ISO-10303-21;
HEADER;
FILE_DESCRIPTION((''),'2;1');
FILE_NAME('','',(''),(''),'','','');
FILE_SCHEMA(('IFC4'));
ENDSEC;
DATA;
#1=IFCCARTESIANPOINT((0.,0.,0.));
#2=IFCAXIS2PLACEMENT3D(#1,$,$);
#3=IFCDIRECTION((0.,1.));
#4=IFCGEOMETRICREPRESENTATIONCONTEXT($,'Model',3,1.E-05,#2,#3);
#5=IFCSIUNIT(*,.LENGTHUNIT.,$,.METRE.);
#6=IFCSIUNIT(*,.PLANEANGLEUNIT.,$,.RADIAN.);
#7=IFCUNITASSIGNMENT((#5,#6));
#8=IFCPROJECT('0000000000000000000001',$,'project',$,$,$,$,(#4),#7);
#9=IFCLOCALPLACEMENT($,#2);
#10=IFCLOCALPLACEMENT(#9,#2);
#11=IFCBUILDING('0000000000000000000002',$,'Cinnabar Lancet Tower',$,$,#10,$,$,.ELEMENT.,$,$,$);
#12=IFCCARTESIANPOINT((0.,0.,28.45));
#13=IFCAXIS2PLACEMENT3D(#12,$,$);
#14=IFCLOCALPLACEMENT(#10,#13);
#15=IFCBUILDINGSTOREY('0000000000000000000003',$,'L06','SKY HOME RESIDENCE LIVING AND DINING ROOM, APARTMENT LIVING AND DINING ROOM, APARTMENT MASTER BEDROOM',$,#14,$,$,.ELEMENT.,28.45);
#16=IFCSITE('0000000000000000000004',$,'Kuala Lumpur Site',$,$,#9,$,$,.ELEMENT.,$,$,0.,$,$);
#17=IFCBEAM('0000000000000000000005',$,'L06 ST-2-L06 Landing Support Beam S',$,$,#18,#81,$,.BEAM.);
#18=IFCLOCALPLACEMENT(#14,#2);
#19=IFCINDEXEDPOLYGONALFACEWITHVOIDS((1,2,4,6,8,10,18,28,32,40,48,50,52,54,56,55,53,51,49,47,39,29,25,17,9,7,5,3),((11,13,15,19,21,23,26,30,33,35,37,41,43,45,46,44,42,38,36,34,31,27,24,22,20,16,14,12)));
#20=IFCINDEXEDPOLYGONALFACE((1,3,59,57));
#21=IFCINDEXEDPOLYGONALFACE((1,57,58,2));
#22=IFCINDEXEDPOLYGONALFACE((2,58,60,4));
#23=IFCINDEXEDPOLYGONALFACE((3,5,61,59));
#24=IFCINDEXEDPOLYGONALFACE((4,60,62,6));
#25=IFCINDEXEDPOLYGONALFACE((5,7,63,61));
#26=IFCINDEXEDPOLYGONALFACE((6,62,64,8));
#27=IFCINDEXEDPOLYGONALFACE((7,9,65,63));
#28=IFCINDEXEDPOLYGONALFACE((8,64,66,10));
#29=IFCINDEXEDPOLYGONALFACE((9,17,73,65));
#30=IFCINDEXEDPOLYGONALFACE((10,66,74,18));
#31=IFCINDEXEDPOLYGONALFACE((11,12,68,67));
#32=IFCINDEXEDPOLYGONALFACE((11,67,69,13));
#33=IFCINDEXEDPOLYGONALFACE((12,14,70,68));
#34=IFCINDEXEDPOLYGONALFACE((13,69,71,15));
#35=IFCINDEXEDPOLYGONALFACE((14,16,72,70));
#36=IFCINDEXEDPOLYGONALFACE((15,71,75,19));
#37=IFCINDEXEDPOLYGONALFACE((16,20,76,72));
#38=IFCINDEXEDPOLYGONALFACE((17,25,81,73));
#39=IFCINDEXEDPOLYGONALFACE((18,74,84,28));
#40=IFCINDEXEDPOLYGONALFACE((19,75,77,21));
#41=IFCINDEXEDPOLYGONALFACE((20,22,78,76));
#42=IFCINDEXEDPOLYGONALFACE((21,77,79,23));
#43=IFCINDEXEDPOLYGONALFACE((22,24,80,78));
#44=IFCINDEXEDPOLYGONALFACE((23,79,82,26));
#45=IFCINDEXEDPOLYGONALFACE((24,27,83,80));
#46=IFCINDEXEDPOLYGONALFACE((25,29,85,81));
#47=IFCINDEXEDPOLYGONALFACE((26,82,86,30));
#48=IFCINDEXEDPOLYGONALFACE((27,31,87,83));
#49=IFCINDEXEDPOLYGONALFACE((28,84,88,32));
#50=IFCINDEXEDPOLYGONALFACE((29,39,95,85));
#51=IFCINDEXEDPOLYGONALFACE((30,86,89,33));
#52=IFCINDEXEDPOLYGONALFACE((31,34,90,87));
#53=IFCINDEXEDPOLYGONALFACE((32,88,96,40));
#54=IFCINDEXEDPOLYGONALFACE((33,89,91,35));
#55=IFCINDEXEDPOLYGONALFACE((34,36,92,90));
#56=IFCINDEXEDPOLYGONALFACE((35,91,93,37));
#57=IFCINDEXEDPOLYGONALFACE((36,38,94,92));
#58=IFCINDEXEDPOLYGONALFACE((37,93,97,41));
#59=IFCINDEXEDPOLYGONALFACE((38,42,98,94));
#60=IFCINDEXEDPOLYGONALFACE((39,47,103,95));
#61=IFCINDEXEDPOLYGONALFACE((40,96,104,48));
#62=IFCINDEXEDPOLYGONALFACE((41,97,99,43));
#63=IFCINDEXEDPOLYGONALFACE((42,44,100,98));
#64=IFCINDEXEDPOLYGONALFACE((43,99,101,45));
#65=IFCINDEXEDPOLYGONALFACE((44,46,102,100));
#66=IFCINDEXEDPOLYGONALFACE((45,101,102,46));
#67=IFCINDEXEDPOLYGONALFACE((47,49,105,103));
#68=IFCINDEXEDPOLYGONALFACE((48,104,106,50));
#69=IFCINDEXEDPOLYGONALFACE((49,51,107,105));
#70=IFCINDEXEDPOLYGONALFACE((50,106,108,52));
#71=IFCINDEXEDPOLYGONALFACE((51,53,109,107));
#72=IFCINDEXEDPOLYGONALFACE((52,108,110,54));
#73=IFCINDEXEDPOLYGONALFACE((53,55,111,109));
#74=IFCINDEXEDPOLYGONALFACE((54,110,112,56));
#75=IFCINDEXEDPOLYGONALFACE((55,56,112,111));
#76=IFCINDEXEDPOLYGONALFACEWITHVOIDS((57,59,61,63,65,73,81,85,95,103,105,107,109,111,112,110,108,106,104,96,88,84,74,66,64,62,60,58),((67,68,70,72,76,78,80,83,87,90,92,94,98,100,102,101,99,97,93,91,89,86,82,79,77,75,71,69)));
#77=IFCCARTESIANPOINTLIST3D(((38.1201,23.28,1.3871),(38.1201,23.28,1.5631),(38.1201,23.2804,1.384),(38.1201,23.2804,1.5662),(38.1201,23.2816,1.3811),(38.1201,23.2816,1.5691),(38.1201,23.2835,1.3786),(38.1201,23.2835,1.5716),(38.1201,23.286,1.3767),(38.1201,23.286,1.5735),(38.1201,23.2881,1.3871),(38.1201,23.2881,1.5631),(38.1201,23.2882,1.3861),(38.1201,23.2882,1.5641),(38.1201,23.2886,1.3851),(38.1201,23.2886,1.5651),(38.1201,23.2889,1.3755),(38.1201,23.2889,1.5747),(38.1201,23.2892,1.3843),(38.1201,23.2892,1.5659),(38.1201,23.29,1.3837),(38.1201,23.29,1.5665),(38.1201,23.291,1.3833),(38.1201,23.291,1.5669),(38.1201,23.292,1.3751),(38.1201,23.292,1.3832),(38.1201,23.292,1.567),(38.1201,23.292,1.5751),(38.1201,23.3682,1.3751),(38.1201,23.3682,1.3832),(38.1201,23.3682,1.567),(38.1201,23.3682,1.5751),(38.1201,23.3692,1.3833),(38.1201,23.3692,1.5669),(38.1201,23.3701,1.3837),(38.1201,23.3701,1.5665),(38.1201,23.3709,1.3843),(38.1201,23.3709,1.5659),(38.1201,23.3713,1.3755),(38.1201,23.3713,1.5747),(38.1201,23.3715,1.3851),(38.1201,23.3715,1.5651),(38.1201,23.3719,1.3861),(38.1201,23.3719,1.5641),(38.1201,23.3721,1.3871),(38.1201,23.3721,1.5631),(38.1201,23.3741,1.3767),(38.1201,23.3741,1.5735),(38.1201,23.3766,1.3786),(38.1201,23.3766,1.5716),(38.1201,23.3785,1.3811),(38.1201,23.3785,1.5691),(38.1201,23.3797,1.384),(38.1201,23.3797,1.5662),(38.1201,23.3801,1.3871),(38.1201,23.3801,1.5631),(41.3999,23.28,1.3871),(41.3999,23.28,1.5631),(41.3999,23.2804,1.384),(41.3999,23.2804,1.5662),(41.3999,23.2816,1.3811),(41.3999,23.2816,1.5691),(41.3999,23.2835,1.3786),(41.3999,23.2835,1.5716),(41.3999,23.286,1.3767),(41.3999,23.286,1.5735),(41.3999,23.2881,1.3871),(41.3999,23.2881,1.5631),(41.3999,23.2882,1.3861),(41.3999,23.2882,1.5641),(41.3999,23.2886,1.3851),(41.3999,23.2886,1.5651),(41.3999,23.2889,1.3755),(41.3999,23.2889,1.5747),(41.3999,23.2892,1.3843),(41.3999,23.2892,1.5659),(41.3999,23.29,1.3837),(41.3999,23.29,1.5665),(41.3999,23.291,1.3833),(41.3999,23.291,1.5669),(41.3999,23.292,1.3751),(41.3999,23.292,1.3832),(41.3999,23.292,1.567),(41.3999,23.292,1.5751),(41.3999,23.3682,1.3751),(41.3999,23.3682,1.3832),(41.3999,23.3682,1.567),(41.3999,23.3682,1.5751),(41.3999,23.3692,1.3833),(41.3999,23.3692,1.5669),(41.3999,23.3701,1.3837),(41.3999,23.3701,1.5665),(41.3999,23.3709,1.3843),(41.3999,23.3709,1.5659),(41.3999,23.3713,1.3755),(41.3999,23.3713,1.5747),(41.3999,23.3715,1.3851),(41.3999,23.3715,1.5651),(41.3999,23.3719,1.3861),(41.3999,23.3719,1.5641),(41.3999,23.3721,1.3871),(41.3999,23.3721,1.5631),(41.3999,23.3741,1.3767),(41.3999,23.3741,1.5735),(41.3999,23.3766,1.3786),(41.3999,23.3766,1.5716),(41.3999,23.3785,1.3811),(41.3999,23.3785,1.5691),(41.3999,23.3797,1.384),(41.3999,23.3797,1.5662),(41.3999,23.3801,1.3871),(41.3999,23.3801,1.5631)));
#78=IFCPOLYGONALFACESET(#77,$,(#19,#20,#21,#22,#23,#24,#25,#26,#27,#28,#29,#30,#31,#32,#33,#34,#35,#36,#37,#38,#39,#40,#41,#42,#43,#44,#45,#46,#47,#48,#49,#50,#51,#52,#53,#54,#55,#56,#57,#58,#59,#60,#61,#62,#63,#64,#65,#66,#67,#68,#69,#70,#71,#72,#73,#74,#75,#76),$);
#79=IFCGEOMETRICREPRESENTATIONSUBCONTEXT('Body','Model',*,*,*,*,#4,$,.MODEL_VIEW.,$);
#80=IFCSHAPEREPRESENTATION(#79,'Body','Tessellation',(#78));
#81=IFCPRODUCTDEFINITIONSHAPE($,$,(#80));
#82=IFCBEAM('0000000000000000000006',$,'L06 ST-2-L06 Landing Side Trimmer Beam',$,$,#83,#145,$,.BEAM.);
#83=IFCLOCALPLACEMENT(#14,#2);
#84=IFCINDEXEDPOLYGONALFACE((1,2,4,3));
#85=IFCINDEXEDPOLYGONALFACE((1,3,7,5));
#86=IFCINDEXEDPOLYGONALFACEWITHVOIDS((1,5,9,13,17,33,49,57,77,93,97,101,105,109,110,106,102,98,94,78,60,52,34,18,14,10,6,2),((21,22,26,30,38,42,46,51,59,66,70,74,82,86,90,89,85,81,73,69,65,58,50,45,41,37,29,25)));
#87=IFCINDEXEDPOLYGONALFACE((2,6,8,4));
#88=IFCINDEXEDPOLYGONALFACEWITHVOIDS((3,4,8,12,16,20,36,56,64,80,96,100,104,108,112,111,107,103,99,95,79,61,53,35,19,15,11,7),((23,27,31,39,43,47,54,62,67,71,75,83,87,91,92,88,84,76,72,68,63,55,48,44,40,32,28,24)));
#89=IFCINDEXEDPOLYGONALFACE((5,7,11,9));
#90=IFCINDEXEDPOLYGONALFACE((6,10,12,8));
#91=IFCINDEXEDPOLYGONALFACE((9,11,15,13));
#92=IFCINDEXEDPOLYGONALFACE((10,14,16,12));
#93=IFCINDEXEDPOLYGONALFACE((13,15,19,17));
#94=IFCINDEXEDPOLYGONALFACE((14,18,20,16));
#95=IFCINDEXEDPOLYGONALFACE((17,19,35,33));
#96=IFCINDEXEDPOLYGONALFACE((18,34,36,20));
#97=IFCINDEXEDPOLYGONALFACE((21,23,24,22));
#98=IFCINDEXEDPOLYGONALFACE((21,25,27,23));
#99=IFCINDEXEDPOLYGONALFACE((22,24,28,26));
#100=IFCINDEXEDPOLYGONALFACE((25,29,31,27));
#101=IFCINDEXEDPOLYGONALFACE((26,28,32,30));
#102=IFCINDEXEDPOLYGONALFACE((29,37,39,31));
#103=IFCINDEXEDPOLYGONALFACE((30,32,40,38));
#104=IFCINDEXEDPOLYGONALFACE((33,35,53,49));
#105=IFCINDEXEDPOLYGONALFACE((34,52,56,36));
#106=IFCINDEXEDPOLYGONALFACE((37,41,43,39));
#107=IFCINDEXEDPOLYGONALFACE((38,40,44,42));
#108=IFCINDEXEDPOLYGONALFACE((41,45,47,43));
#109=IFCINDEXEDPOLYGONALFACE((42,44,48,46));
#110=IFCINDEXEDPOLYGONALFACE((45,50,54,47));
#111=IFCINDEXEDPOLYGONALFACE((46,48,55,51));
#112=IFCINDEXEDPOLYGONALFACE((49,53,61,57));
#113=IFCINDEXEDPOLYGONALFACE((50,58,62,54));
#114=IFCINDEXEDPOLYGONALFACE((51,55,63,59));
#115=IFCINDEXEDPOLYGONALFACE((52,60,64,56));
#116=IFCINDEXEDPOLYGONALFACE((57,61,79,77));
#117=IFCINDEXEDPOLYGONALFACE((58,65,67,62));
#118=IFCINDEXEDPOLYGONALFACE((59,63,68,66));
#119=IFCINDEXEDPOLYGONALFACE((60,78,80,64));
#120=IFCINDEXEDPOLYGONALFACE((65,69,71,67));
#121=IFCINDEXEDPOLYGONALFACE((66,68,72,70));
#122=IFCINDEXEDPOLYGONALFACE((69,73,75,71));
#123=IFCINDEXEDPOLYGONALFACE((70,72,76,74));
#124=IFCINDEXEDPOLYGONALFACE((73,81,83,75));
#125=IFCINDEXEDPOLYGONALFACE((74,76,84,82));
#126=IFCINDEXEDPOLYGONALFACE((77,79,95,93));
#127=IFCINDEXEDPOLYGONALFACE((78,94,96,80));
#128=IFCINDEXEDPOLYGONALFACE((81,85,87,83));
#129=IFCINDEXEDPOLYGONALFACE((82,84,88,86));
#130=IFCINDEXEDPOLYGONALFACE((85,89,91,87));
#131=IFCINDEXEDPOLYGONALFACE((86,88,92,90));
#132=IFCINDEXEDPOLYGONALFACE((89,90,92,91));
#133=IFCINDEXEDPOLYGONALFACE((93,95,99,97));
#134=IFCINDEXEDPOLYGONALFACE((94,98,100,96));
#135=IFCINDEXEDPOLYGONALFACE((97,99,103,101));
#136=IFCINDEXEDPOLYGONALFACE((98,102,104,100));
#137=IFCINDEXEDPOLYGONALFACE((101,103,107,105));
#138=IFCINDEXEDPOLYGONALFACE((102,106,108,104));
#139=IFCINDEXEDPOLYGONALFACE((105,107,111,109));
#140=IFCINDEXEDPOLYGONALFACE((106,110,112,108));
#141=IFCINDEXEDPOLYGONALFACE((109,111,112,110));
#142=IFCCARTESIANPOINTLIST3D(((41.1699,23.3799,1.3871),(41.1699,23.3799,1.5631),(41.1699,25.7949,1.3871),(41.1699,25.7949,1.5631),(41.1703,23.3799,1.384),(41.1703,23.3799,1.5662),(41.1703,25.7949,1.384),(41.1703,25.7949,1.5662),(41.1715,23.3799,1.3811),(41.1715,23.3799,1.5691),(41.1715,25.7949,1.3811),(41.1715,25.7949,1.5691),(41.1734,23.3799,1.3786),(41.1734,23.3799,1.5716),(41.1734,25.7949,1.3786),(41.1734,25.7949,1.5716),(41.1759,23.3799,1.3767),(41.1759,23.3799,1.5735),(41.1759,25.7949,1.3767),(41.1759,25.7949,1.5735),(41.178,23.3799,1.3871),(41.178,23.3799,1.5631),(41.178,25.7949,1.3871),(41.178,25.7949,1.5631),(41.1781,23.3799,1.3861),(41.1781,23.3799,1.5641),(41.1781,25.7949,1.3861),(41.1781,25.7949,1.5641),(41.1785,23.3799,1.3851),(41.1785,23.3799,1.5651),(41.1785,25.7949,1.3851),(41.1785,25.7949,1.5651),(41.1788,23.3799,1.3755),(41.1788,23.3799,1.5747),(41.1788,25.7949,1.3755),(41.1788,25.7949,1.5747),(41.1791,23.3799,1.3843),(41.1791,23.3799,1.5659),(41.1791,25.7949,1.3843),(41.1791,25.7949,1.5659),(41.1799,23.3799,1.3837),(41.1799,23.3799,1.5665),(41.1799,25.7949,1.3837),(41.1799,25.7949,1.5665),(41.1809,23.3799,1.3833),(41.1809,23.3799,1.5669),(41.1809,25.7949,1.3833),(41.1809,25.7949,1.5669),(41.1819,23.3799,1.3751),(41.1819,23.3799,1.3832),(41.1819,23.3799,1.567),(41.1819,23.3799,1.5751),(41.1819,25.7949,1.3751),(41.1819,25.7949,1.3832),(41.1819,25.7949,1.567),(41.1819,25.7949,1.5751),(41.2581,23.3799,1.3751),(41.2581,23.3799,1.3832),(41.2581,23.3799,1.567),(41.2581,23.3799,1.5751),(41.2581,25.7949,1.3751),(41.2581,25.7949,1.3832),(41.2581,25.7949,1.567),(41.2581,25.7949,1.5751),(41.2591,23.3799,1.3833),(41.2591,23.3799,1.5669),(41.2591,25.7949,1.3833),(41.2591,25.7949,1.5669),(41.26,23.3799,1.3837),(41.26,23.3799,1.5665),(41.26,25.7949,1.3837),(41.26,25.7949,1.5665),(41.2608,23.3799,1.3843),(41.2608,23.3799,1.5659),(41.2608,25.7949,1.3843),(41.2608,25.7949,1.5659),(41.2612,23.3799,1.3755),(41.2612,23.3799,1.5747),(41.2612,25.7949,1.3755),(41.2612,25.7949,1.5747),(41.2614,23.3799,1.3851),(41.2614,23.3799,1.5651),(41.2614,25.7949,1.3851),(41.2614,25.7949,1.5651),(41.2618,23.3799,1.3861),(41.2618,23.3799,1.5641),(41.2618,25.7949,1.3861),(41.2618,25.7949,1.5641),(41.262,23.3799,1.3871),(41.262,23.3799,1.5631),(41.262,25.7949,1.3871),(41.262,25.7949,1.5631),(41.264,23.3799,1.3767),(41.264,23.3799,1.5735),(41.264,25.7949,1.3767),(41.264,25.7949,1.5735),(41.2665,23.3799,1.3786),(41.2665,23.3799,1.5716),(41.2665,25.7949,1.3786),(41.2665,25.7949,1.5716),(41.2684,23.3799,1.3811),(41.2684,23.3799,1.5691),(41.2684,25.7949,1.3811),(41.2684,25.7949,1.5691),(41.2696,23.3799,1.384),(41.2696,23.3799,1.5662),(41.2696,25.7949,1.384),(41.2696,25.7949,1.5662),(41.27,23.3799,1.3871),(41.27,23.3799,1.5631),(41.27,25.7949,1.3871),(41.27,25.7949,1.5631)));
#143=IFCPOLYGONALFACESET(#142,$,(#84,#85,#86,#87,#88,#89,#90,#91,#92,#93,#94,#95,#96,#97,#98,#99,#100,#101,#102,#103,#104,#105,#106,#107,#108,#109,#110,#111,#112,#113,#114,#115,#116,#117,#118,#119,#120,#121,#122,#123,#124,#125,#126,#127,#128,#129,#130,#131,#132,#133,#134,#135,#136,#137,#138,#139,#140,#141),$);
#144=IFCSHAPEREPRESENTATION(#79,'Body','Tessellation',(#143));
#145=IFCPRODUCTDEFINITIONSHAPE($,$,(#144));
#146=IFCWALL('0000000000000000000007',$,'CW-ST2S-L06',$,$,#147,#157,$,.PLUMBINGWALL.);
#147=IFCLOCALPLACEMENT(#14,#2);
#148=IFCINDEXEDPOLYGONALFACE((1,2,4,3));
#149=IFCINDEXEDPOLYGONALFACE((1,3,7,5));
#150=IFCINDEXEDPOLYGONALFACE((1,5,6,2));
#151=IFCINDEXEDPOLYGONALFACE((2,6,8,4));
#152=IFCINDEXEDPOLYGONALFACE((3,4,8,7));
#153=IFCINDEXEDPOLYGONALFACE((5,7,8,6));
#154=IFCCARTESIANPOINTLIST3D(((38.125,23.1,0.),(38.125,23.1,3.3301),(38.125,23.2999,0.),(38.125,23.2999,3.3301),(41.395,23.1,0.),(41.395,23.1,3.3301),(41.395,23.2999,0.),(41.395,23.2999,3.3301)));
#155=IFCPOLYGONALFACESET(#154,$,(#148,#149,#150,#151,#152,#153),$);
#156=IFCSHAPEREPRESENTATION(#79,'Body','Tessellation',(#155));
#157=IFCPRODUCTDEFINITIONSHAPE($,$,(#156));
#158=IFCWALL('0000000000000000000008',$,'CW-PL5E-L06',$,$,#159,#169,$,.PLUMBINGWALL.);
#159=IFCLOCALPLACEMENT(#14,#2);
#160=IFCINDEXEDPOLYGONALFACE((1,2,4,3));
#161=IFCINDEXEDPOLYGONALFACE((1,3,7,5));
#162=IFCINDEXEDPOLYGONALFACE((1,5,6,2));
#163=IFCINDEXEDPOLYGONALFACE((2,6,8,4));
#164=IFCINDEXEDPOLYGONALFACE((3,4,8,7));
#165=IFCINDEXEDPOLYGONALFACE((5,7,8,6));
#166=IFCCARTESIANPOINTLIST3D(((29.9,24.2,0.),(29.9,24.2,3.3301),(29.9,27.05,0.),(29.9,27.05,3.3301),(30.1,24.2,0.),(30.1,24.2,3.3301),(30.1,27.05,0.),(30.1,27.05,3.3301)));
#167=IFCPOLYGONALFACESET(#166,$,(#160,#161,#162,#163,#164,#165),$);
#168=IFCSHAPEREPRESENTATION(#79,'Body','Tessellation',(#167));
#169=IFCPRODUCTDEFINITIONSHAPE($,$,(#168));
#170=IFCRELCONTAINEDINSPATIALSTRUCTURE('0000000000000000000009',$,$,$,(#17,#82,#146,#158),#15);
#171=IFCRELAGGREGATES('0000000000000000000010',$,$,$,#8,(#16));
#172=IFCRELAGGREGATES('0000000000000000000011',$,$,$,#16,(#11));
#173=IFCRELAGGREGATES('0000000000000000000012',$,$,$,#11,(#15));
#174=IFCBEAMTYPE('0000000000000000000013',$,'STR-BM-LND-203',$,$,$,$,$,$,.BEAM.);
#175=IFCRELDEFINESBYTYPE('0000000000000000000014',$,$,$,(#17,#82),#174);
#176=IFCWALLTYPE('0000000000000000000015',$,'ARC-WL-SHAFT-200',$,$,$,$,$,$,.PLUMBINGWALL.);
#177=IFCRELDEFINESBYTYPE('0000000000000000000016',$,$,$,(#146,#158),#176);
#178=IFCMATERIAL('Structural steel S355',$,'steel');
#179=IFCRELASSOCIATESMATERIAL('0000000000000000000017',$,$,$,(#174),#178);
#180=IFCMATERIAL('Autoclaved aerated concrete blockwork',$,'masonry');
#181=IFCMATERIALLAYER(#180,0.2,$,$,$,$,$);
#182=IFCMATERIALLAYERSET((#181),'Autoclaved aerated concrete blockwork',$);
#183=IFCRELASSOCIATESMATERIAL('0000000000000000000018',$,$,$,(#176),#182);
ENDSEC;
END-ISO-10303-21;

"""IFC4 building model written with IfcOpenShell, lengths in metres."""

from ifc_helpers import new_model, si_unit, direction, frame, frame_2d, origin, origin_2d, place, context, subcontext, project, spatial, rectangle, hollow_rectangle, extrude, material, layer, layer_set, material_profile, profile_set, type_object, element, save


model = new_model("IFC4")

# Units and contexts
model_context = context("Model", 3, precision=1e-05, world=origin(), true_north=direction((0.0, 1.0)))
body_context = subcontext(model_context, "Body", "Model", "MODEL_VIEW")
ifc_project = project(units=[si_unit("LENGTHUNIT", "METRE"), si_unit("PLANEANGLEUNIT", "RADIAN")], contexts=[model_context])

# Site, building, storey
site_placement = place(None, origin())
site = spatial("IfcSite", under=ifc_project, at=site_placement, Name="Kuala Lumpur Site", CompositionType="ELEMENT", RefElevation=0.0)
building_placement = place(site_placement, origin())
building = spatial("IfcBuilding", under=site, at=building_placement, Name="Cinnabar Lancet Tower", CompositionType="ELEMENT")
storey_placement = place(building_placement, frame((0.0, 0.0, 28.45)))
storey = spatial("IfcBuildingStorey", under=building, at=storey_placement, Name="L06", Description="SKY HOME RESIDENCE LIVING AND DINING ROOM, APARTMENT LIVING AND DINING ROOM, APARTMENT MASTER BEDROOM", CompositionType="ELEMENT", Elevation=28.45)

# Beams
ifc_material_1 = material(Name="Structural steel S355", Category="steel")
ifc_material_profile_1 = material_profile(ifc_material_1, hollow_rectangle(XDim=0.1001, YDim=0.2, WallThickness=0.0081, InnerFilletRadius=0.0039, OuterFilletRadius=0.012, at=origin_2d()), Name="RHS 200x100x8")
ifc_profile_set_1 = profile_set([ifc_material_profile_1], Name="Structural steel S355")
beam_type_1 = type_object("IfcBeamType", Name="STR-BM-LND-203", PredefinedType="BEAM", material=ifc_profile_set_1)
beam_1_placement = place(storey_placement, frame((38.1201, 23.3301, 1.4751), z_axis=(1.0, 0.0, 0.0), x_axis=(0.0, 1.0, 0.0)))
element("IfcBeam", 1, at=beam_1_placement, inside=storey, type_object=beam_type_1, Name="L06 ST-2-L06 Landing Support Beam S", PredefinedType="BEAM", context=body_context, shape_type="SweptSolid", body=[
    extrude(hollow_rectangle(XDim=0.1001, YDim=0.2, WallThickness=0.0081, InnerFilletRadius=0.0039, OuterFilletRadius=0.012, at=origin_2d()), origin(), (0.0, 0.0, 1.0), 3.2798),
])
beam_2_placement = place(storey_placement, frame((41.22, 23.3799, 1.4751), z_axis=(0.0, 1.0, 0.0), x_axis=(-1.0, 0.0, 0.0)))
element("IfcBeam", 2, at=beam_2_placement, inside=storey, type_object=beam_type_1, Name="L06 ST-2-L06 Landing Side Trimmer Beam", PredefinedType="BEAM", context=body_context, shape_type="SweptSolid", body=[
    extrude(hollow_rectangle(XDim=0.1001, YDim=0.2, WallThickness=0.0081, InnerFilletRadius=0.0039, OuterFilletRadius=0.012, at=origin_2d()), origin(), (0.0, 0.0, 1.0), 2.415),
])

# Walls
ifc_material_2 = material(Name="Autoclaved aerated concrete blockwork", Category="masonry")
ifc_layer_1 = layer(ifc_material_2, 0.2)
ifc_layer_set_1 = layer_set([ifc_layer_1], Name="Autoclaved aerated concrete blockwork")
wall_type_1 = type_object("IfcWallType", Name="ARC-WL-SHAFT-200", PredefinedType="PLUMBINGWALL", material=ifc_layer_set_1)
wall_1_placement = place(storey_placement, frame((38.125, 23.2, 0.0), z_axis=(0.0, 0.0, 1.0), x_axis=(1.0, 0.0, 0.0)))
element("IfcWall", 3, at=wall_1_placement, inside=storey, type_object=wall_type_1, Name="CW-ST2S-L06", PredefinedType="PLUMBINGWALL", context=body_context, shape_type="SweptSolid", body=[
    extrude(rectangle(XDim=3.27, YDim=0.2, at=frame_2d((1.635, 0.0))), origin(), (0.0, 0.0, 1.0), 3.3301),
])
wall_2_placement = place(storey_placement, frame((30.0, 24.2, 0.0), z_axis=(0.0, 0.0, 1.0), x_axis=(0.0, 1.0, 0.0)))
element("IfcWall", 4, at=wall_2_placement, inside=storey, type_object=wall_type_1, Name="CW-PL5E-L06", PredefinedType="PLUMBINGWALL", context=body_context, shape_type="SweptSolid", body=[
    extrude(rectangle(XDim=2.8501, YDim=0.2, at=frame_2d((1.425, 0.0))), origin(), (0.0, 0.0, 1.0), 3.3301),
])

save(model, "model.ifc")
